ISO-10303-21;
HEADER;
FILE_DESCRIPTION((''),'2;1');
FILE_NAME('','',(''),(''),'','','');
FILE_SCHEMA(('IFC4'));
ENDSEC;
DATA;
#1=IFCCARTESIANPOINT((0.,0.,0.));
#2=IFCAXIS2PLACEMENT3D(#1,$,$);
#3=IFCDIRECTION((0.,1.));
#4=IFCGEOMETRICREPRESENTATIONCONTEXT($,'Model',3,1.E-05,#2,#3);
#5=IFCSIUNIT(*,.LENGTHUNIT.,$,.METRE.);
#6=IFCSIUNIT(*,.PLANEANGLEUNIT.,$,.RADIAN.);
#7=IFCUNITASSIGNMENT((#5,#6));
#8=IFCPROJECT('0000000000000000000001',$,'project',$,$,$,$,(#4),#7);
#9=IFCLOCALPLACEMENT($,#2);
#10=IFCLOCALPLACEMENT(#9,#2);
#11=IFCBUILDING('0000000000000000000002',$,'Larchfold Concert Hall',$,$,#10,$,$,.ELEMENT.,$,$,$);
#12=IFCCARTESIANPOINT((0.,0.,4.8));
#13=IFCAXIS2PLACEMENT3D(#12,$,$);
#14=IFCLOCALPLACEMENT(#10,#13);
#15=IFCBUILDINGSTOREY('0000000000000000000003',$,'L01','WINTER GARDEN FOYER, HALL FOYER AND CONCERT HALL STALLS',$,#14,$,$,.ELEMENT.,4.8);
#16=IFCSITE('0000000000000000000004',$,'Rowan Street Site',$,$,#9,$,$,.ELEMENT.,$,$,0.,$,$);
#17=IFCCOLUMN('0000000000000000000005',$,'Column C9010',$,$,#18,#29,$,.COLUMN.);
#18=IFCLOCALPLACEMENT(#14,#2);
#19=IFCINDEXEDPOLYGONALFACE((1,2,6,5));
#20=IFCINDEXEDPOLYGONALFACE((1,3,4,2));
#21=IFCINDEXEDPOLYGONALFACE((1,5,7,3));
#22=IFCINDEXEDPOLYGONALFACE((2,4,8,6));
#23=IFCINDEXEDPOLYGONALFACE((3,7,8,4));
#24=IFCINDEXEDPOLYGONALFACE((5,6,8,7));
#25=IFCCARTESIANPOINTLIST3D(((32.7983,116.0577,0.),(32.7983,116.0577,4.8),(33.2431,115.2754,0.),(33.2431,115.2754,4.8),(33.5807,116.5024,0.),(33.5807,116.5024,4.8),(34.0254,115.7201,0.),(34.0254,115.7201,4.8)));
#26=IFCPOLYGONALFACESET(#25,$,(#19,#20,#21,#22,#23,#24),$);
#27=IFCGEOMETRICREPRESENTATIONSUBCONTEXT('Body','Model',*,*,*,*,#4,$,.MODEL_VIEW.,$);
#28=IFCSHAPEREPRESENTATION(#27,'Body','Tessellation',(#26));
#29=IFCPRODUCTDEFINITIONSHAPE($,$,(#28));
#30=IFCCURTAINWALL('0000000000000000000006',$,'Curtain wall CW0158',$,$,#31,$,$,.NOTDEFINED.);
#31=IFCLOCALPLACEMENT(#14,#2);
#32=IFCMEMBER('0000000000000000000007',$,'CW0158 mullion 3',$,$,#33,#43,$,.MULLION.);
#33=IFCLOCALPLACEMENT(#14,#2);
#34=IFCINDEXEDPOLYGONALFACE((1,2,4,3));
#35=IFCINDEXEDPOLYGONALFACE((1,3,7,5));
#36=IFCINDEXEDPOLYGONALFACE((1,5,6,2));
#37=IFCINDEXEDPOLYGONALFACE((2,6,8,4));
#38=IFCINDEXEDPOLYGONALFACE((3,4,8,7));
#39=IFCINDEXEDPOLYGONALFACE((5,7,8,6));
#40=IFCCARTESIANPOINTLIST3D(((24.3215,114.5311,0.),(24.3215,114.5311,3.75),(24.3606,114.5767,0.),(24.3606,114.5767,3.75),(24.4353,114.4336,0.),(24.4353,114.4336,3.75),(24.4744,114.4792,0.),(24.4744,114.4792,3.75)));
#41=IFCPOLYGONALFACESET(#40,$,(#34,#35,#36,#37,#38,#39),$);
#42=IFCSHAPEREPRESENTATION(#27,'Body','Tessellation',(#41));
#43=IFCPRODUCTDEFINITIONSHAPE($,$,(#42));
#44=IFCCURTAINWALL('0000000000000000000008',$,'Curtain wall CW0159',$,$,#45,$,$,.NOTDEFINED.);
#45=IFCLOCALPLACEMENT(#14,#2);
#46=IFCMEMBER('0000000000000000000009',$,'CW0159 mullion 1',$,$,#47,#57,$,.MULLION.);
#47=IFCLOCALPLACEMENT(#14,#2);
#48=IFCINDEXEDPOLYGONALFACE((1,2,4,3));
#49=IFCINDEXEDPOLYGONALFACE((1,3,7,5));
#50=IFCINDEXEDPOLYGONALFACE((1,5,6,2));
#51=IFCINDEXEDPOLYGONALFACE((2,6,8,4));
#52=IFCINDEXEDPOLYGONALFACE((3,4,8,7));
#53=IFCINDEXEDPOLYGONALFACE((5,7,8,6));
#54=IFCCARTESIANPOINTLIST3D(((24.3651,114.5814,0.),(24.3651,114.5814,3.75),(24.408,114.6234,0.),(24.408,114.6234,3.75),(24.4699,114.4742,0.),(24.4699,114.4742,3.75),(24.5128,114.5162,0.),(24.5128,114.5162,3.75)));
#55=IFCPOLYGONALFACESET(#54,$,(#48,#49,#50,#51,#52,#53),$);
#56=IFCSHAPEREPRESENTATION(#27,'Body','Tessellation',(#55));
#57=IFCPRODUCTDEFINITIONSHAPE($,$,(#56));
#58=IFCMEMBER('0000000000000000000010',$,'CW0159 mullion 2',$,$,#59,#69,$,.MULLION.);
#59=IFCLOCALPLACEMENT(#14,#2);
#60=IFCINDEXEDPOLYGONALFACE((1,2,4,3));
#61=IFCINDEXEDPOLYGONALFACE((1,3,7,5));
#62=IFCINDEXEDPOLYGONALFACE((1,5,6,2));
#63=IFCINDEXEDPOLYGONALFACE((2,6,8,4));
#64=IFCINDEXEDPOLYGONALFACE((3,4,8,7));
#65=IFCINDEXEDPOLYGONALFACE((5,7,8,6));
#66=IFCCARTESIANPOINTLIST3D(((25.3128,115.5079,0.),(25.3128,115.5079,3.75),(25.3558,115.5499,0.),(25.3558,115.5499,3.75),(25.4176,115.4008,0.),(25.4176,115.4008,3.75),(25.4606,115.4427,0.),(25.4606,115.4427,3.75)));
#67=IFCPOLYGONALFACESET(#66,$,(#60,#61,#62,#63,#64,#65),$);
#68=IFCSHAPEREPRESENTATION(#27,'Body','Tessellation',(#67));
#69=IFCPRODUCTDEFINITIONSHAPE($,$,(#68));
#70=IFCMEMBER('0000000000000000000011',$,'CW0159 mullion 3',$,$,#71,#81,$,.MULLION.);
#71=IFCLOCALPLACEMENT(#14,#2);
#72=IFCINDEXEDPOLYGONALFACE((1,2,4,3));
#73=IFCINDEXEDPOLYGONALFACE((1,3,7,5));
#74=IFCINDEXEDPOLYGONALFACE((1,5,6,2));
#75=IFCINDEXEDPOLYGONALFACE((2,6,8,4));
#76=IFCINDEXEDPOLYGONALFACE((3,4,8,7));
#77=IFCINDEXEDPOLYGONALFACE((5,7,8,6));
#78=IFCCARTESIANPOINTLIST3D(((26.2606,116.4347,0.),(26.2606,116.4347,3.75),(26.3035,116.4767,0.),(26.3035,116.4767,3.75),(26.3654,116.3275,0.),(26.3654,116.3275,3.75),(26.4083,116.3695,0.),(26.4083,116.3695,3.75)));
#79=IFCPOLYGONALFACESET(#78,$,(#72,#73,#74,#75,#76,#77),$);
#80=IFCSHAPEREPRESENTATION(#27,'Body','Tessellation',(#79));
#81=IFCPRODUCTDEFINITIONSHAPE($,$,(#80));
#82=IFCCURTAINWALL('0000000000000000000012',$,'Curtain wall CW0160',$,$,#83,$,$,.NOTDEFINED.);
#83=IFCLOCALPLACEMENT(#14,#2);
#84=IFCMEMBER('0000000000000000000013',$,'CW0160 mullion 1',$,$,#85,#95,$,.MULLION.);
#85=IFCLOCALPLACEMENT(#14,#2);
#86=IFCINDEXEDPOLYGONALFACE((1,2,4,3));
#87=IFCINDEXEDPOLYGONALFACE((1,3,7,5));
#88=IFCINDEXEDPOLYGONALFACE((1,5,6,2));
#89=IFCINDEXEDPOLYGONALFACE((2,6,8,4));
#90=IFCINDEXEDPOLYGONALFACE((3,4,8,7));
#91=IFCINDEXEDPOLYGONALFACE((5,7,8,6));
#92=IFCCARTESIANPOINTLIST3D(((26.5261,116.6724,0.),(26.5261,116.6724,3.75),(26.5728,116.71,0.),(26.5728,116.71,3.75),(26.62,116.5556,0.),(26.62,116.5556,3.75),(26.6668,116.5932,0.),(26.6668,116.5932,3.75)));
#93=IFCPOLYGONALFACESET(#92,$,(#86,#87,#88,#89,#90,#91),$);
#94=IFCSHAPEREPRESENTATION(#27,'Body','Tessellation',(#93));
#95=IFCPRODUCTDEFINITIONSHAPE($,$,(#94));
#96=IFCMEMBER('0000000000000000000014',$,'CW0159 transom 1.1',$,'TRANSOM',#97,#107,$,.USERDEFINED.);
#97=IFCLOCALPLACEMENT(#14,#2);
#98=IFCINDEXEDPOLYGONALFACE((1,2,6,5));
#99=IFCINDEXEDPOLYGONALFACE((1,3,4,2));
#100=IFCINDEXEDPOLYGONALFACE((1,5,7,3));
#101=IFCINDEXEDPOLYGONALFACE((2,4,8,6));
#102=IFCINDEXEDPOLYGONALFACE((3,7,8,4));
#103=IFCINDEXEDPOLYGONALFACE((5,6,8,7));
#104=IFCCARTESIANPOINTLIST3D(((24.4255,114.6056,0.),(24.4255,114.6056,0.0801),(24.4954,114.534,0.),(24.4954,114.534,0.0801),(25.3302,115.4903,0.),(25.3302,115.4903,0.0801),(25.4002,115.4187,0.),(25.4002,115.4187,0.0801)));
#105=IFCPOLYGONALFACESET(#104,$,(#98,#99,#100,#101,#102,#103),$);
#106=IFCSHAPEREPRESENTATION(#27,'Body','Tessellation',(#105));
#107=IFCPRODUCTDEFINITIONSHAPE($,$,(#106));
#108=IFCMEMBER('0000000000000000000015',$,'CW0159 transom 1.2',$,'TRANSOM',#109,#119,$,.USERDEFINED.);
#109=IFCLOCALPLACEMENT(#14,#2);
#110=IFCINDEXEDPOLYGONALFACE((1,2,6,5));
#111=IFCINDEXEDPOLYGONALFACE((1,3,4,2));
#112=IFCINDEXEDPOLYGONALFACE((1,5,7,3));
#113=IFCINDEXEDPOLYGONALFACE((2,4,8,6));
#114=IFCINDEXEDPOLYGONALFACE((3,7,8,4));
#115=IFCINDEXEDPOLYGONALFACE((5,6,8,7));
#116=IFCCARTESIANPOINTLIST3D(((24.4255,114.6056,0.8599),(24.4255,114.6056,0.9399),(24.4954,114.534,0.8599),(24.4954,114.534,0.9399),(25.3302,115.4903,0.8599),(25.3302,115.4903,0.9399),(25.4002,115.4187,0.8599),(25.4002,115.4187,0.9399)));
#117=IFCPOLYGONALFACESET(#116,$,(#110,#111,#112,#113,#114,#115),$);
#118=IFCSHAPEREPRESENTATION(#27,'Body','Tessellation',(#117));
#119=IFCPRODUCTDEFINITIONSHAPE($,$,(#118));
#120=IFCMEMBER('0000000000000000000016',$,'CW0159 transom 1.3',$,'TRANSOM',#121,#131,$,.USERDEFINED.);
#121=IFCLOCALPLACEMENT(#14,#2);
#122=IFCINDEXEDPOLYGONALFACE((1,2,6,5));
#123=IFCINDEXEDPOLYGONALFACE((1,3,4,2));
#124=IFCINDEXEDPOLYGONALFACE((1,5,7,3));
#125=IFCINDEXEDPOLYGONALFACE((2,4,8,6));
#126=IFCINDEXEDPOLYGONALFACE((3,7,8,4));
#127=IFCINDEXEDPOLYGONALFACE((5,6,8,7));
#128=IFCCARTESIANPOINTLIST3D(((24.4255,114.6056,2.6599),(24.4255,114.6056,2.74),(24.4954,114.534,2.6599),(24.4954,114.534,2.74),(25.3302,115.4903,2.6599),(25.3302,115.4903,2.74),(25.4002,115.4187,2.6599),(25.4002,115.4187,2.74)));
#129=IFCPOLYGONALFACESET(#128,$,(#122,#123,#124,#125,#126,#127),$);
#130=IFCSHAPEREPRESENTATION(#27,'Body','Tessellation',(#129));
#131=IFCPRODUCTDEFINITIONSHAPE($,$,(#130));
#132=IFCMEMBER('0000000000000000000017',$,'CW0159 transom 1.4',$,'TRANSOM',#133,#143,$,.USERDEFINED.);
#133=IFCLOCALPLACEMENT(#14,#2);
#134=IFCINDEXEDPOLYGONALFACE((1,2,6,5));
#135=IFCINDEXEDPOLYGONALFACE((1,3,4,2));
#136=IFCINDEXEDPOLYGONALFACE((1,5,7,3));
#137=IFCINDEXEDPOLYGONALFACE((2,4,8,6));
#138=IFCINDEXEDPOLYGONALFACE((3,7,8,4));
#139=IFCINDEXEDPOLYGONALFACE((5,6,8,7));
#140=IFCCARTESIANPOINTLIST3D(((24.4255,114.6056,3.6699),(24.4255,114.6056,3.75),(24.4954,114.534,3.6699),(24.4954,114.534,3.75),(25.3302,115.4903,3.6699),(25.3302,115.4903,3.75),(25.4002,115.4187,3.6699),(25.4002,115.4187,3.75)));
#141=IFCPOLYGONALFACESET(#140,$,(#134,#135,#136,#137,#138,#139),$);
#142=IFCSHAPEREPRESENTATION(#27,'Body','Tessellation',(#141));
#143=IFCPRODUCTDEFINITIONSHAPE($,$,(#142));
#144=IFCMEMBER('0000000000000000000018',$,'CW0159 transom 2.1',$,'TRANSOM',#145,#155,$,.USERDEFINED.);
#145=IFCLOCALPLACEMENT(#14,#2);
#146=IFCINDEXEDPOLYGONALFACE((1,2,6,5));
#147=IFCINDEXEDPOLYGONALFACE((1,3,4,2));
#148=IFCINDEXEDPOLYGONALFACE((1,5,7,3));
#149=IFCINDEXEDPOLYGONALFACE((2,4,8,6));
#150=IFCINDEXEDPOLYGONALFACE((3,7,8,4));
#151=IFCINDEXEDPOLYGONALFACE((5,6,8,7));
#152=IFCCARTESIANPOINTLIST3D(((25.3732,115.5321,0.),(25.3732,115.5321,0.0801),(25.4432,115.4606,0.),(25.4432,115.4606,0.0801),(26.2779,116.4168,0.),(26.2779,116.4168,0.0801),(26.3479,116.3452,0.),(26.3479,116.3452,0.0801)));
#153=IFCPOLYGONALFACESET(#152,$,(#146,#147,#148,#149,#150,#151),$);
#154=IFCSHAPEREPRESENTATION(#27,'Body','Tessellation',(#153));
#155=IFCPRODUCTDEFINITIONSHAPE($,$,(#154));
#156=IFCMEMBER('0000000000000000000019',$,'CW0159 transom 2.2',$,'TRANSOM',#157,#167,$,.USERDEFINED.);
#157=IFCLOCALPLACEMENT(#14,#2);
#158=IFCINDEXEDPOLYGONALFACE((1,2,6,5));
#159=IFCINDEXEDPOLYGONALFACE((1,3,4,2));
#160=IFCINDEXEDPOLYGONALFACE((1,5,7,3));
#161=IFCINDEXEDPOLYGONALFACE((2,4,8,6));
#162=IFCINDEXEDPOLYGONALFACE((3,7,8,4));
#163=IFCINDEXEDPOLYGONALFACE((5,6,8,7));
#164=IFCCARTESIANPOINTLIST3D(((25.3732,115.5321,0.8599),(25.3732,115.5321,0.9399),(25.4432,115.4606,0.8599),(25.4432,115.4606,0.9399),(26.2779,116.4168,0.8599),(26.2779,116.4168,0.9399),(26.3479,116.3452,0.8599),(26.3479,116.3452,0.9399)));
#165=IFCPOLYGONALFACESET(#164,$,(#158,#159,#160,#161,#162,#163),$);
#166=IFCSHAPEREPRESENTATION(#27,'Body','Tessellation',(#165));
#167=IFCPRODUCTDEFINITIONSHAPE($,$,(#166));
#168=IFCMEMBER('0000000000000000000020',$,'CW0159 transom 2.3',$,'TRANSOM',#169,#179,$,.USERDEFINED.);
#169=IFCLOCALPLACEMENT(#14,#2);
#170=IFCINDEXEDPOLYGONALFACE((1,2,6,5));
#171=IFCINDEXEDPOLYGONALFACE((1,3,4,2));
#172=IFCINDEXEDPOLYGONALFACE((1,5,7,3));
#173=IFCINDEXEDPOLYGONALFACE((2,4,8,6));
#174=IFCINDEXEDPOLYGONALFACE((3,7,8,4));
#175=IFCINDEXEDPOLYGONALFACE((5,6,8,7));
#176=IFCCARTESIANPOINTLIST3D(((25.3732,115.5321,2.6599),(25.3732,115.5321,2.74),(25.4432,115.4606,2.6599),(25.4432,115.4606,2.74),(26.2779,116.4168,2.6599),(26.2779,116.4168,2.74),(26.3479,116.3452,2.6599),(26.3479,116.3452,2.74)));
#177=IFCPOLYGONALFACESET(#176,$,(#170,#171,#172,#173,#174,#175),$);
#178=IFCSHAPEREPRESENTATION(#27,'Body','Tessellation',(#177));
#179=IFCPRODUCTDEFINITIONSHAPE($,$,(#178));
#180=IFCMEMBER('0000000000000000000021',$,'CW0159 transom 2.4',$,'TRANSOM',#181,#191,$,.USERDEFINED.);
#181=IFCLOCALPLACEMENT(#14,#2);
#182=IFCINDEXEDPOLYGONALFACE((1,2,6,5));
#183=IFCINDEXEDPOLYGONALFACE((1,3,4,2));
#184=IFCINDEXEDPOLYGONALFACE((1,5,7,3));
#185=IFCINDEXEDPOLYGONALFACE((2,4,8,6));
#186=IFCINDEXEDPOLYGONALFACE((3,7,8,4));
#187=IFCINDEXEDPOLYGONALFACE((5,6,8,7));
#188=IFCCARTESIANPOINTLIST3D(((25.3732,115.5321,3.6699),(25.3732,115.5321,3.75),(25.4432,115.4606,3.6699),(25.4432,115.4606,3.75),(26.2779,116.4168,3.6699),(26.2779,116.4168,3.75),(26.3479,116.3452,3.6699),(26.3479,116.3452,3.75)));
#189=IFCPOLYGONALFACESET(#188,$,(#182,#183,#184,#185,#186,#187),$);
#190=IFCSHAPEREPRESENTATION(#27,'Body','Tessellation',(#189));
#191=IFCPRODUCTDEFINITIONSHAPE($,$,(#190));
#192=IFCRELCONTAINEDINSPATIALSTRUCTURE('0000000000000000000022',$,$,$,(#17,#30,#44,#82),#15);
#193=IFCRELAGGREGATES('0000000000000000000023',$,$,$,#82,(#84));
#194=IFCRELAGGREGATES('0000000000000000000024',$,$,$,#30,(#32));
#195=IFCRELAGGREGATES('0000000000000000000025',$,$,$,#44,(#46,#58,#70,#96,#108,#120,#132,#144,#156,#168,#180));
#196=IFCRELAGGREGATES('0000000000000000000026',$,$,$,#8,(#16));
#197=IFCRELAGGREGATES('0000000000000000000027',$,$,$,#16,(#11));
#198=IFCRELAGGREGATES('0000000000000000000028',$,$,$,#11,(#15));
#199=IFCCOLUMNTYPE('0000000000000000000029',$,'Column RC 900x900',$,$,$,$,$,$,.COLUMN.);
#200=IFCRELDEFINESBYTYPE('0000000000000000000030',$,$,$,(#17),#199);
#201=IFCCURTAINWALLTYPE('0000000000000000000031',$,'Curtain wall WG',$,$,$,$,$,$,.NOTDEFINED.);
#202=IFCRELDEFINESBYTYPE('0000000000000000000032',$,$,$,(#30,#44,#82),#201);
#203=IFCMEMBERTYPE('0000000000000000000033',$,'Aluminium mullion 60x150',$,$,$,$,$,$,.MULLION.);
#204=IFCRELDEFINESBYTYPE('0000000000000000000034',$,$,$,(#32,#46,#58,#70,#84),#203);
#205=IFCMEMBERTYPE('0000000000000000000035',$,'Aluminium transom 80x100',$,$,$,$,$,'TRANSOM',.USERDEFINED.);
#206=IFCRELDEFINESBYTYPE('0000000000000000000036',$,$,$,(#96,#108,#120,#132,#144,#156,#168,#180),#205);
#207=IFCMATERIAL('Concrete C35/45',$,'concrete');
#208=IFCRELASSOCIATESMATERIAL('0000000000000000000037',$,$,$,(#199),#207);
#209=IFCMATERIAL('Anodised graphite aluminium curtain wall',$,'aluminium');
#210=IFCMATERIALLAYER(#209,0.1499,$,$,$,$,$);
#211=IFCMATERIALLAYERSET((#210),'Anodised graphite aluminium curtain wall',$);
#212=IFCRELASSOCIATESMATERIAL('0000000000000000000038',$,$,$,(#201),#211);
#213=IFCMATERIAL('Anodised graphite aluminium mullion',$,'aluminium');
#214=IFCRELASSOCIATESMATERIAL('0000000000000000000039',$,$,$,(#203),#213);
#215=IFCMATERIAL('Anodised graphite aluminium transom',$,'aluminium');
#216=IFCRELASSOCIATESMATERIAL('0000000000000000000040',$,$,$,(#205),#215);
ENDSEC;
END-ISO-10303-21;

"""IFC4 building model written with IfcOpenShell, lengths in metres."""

from ifc_helpers import new_model, si_unit, direction, frame, origin, origin_2d, place, context, subcontext, project, spatial, rectangle, extrude, material, layer, layer_set, material_profile, profile_set, type_object, element, aggregate, save


model = new_model("IFC4")

# Units and contexts
model_context = context("Model", 3, precision=1e-05, world=origin(), true_north=direction((0.0, 1.0)))
body_context = subcontext(model_context, "Body", "Model", "MODEL_VIEW")
ifc_project = project(units=[si_unit("LENGTHUNIT", "METRE"), si_unit("PLANEANGLEUNIT", "RADIAN")], contexts=[model_context])

# Site, building, storey
site_placement = place(None, origin())
site = spatial("IfcSite", under=ifc_project, at=site_placement, Name="Rowan Street Site", CompositionType="ELEMENT", RefElevation=0.0)
building_placement = place(site_placement, origin())
building = spatial("IfcBuilding", under=site, at=building_placement, Name="Larchfold Concert Hall", CompositionType="ELEMENT")
storey_placement = place(building_placement, frame((0.0, 0.0, 4.8)))
storey = spatial("IfcBuildingStorey", under=building, at=storey_placement, Name="L01", Description="WINTER GARDEN FOYER, HALL FOYER AND CONCERT HALL STALLS", CompositionType="ELEMENT", Elevation=4.8)

# Column
ifc_material_1 = material(Name="Concrete C35/45", Category="concrete")
ifc_material_profile_1 = material_profile(ifc_material_1, rectangle(XDim=0.8999, YDim=0.8999, at=origin_2d()))
ifc_profile_set_1 = profile_set([ifc_material_profile_1], Name="Concrete C35/45")
column_type = type_object("IfcColumnType", Name="Column RC 900x900", PredefinedType="COLUMN", material=ifc_profile_set_1)
column_placement = place(storey_placement, frame((33.4119, 115.8889, 0.0), z_axis=(0.0, 0.0, 1.0), x_axis=(0.86935, 0.494197, 0.0)))
element("IfcColumn", 1, at=column_placement, inside=storey, type_object=column_type, Name="Column C9010", PredefinedType="COLUMN", context=body_context, shape_type="SweptSolid", body=[
    extrude(rectangle(XDim=0.8999, YDim=0.8999, at=origin_2d()), origin(), (0.0, 0.0, 1.0), 4.8),
])

# Curtain wall, member
ifc_material_2 = material(Name="Anodised graphite aluminium curtain wall", Category="aluminium")
ifc_layer_1 = layer(ifc_material_2, 0.1499)
ifc_layer_set_1 = layer_set([ifc_layer_1], Name="Anodised graphite aluminium curtain wall")
curtain_wall_type = type_object("IfcCurtainWallType", Name="Curtain wall WG", PredefinedType="NOTDEFINED", material=ifc_layer_set_1)
curtain_wall_1_placement = place(storey_placement, origin())
curtain_wall_1 = element("IfcCurtainWall", 2, at=curtain_wall_1_placement, inside=storey, type_object=curtain_wall_type, Name="Curtain wall CW0158", PredefinedType="NOTDEFINED")
ifc_material_3 = material(Name="Anodised graphite aluminium mullion", Category="aluminium")
ifc_material_profile_2 = material_profile(ifc_material_3, rectangle(XDim=0.1499, YDim=0.0601, at=origin_2d()))
ifc_profile_set_2 = profile_set([ifc_material_profile_2], Name="Anodised graphite aluminium mullion")
member_type_1 = type_object("IfcMemberType", Name="Aluminium mullion 60x150", PredefinedType="MULLION", material=ifc_profile_set_2)
member_1_placement = place(storey_placement, frame((24.3979, 114.5051, 0.0), z_axis=(0.0, 0.0, 1.0), x_axis=(-0.759496, 0.650512, 0.0)))
member_1 = element("IfcMember", 3, at=member_1_placement, type_object=member_type_1, Name="CW0158 mullion 3", PredefinedType="MULLION", context=body_context, shape_type="SweptSolid", body=[
    extrude(rectangle(XDim=0.1499, YDim=0.0601, at=origin_2d()), origin(), (0.0, 0.0, 1.0), 3.75),
])

# Curtain wall, members
curtain_wall_2_placement = place(storey_placement, origin())
curtain_wall_2 = element("IfcCurtainWall", 4, at=curtain_wall_2_placement, inside=storey, type_object=curtain_wall_type, Name="Curtain wall CW0159", PredefinedType="NOTDEFINED")
member_2_placement = place(storey_placement, frame((24.439, 114.5488, 0.0), z_axis=(0.0, 0.0, 1.0), x_axis=(-0.699092, 0.715032, 0.0)))
member_2 = element("IfcMember", 5, at=member_2_placement, type_object=member_type_1, Name="CW0159 mullion 1", PredefinedType="MULLION", context=body_context, shape_type="SweptSolid", body=[
    extrude(rectangle(XDim=0.1499, YDim=0.0601, at=origin_2d()), origin(), (0.0, 0.0, 1.0), 3.75),
])
member_3_placement = place(storey_placement, frame((25.3867, 115.4753, 0.0), z_axis=(0.0, 0.0, 1.0), x_axis=(-0.699092, 0.715032, 0.0)))
member_3 = element("IfcMember", 6, at=member_3_placement, type_object=member_type_1, Name="CW0159 mullion 2", PredefinedType="MULLION", context=body_context, shape_type="SweptSolid", body=[
    extrude(rectangle(XDim=0.1499, YDim=0.0601, at=origin_2d()), origin(), (0.0, 0.0, 1.0), 3.75),
])
member_4_placement = place(storey_placement, frame((26.3345, 116.4021, 0.0), z_axis=(0.0, 0.0, 1.0), x_axis=(-0.699092, 0.715032, 0.0)))
member_4 = element("IfcMember", 7, at=member_4_placement, type_object=member_type_1, Name="CW0159 mullion 3", PredefinedType="MULLION", context=body_context, shape_type="SweptSolid", body=[
    extrude(rectangle(XDim=0.1499, YDim=0.0601, at=origin_2d()), origin(), (0.0, 0.0, 1.0), 3.75),
])

# Curtain wall, member
curtain_wall_3_placement = place(storey_placement, origin())
curtain_wall_3 = element("IfcCurtainWall", 8, at=curtain_wall_3_placement, inside=storey, type_object=curtain_wall_type, Name="Curtain wall CW0160", PredefinedType="NOTDEFINED")
member_5_placement = place(storey_placement, frame((26.5964, 116.6328, 0.0), z_axis=(0.0, 0.0, 1.0), x_axis=(-0.626939, 0.779068, 0.0)))
member_5 = element("IfcMember", 9, at=member_5_placement, type_object=member_type_1, Name="CW0160 mullion 1", PredefinedType="MULLION", context=body_context, shape_type="SweptSolid", body=[
    extrude(rectangle(XDim=0.1499, YDim=0.0601, at=origin_2d()), origin(), (0.0, 0.0, 1.0), 3.75),
])

# Members
ifc_material_4 = material(Name="Anodised graphite aluminium transom", Category="aluminium")
ifc_material_profile_3 = material_profile(ifc_material_4, rectangle(XDim=0.1001, YDim=0.0801, at=origin_2d()))
ifc_profile_set_3 = profile_set([ifc_material_profile_3], Name="Anodised graphite aluminium transom")
member_type_2 = type_object("IfcMemberType", Name="Aluminium transom 80x100", ElementType="TRANSOM", PredefinedType="USERDEFINED", material=ifc_profile_set_3)
member_6_placement = place(storey_placement, frame((24.4604, 114.5698, 0.04), z_axis=(0.714972, 0.699153, 0.0), x_axis=(-0.699153, 0.714972, 0.0)))
member_6 = element("IfcMember", 10, at=member_6_placement, type_object=member_type_2, Name="CW0159 transom 1.1", ObjectType="TRANSOM", PredefinedType="USERDEFINED", context=body_context, shape_type="SweptSolid", body=[
    extrude(rectangle(XDim=0.1001, YDim=0.0801, at=origin_2d()), origin(), (0.0, 0.0, 1.0), 1.2654),
])
member_7_placement = place(storey_placement, frame((24.4604, 114.5698, 0.8999), z_axis=(0.714972, 0.699153, 0.0), x_axis=(-0.699153, 0.714972, 0.0)))
member_7 = element("IfcMember", 11, at=member_7_placement, type_object=member_type_2, Name="CW0159 transom 1.2", ObjectType="TRANSOM", PredefinedType="USERDEFINED", context=body_context, shape_type="SweptSolid", body=[
    extrude(rectangle(XDim=0.1001, YDim=0.0801, at=origin_2d()), origin(), (0.0, 0.0, 1.0), 1.2654),
])
member_8_placement = place(storey_placement, frame((24.4604, 114.5698, 2.7), z_axis=(0.714972, 0.699153, 0.0), x_axis=(-0.699153, 0.714972, 0.0)))
member_8 = element("IfcMember", 12, at=member_8_placement, type_object=member_type_2, Name="CW0159 transom 1.3", ObjectType="TRANSOM", PredefinedType="USERDEFINED", context=body_context, shape_type="SweptSolid", body=[
    extrude(rectangle(XDim=0.1001, YDim=0.0801, at=origin_2d()), origin(), (0.0, 0.0, 1.0), 1.2654),
])
member_9_placement = place(storey_placement, frame((24.4604, 114.5698, 3.71), z_axis=(0.714972, 0.699153, 0.0), x_axis=(-0.699153, 0.714972, 0.0)))
member_9 = element("IfcMember", 13, at=member_9_placement, type_object=member_type_2, Name="CW0159 transom 1.4", ObjectType="TRANSOM", PredefinedType="USERDEFINED", context=body_context, shape_type="SweptSolid", body=[
    extrude(rectangle(XDim=0.1001, YDim=0.0801, at=origin_2d()), origin(), (0.0, 0.0, 1.0), 1.2654),
])
member_10_placement = place(storey_placement, frame((25.4082, 115.4963, 0.04), z_axis=(0.714972, 0.699153, 0.0), x_axis=(-0.699153, 0.714972, 0.0)))
member_10 = element("IfcMember", 14, at=member_10_placement, type_object=member_type_2, Name="CW0159 transom 2.1", ObjectType="TRANSOM", PredefinedType="USERDEFINED", context=body_context, shape_type="SweptSolid", body=[
    extrude(rectangle(XDim=0.1001, YDim=0.0801, at=origin_2d()), origin(), (0.0, 0.0, 1.0), 1.2654),
])
member_11_placement = place(storey_placement, frame((25.4082, 115.4963, 0.8999), z_axis=(0.714972, 0.699153, 0.0), x_axis=(-0.699153, 0.714972, 0.0)))
member_11 = element("IfcMember", 15, at=member_11_placement, type_object=member_type_2, Name="CW0159 transom 2.2", ObjectType="TRANSOM", PredefinedType="USERDEFINED", context=body_context, shape_type="SweptSolid", body=[
    extrude(rectangle(XDim=0.1001, YDim=0.0801, at=origin_2d()), origin(), (0.0, 0.0, 1.0), 1.2654),
])
member_12_placement = place(storey_placement, frame((25.4082, 115.4963, 2.7), z_axis=(0.714972, 0.699153, 0.0), x_axis=(-0.699153, 0.714972, 0.0)))
member_12 = element("IfcMember", 16, at=member_12_placement, type_object=member_type_2, Name="CW0159 transom 2.3", ObjectType="TRANSOM", PredefinedType="USERDEFINED", context=body_context, shape_type="SweptSolid", body=[
    extrude(rectangle(XDim=0.1001, YDim=0.0801, at=origin_2d()), origin(), (0.0, 0.0, 1.0), 1.2654),
])
member_13_placement = place(storey_placement, frame((25.4082, 115.4963, 3.71), z_axis=(0.714972, 0.699153, 0.0), x_axis=(-0.699153, 0.714972, 0.0)))
member_13 = element("IfcMember", 17, at=member_13_placement, type_object=member_type_2, Name="CW0159 transom 2.4", ObjectType="TRANSOM", PredefinedType="USERDEFINED", context=body_context, shape_type="SweptSolid", body=[
    extrude(rectangle(XDim=0.1001, YDim=0.0801, at=origin_2d()), origin(), (0.0, 0.0, 1.0), 1.2654),
])
aggregate(curtain_wall_3, [member_5])

aggregate(curtain_wall_1, [member_1])
aggregate(curtain_wall_2, [member_2, member_3, member_4, member_6, member_7, member_8, member_9, member_10, member_11, member_12, member_13])

save(model, "model.ifc")
